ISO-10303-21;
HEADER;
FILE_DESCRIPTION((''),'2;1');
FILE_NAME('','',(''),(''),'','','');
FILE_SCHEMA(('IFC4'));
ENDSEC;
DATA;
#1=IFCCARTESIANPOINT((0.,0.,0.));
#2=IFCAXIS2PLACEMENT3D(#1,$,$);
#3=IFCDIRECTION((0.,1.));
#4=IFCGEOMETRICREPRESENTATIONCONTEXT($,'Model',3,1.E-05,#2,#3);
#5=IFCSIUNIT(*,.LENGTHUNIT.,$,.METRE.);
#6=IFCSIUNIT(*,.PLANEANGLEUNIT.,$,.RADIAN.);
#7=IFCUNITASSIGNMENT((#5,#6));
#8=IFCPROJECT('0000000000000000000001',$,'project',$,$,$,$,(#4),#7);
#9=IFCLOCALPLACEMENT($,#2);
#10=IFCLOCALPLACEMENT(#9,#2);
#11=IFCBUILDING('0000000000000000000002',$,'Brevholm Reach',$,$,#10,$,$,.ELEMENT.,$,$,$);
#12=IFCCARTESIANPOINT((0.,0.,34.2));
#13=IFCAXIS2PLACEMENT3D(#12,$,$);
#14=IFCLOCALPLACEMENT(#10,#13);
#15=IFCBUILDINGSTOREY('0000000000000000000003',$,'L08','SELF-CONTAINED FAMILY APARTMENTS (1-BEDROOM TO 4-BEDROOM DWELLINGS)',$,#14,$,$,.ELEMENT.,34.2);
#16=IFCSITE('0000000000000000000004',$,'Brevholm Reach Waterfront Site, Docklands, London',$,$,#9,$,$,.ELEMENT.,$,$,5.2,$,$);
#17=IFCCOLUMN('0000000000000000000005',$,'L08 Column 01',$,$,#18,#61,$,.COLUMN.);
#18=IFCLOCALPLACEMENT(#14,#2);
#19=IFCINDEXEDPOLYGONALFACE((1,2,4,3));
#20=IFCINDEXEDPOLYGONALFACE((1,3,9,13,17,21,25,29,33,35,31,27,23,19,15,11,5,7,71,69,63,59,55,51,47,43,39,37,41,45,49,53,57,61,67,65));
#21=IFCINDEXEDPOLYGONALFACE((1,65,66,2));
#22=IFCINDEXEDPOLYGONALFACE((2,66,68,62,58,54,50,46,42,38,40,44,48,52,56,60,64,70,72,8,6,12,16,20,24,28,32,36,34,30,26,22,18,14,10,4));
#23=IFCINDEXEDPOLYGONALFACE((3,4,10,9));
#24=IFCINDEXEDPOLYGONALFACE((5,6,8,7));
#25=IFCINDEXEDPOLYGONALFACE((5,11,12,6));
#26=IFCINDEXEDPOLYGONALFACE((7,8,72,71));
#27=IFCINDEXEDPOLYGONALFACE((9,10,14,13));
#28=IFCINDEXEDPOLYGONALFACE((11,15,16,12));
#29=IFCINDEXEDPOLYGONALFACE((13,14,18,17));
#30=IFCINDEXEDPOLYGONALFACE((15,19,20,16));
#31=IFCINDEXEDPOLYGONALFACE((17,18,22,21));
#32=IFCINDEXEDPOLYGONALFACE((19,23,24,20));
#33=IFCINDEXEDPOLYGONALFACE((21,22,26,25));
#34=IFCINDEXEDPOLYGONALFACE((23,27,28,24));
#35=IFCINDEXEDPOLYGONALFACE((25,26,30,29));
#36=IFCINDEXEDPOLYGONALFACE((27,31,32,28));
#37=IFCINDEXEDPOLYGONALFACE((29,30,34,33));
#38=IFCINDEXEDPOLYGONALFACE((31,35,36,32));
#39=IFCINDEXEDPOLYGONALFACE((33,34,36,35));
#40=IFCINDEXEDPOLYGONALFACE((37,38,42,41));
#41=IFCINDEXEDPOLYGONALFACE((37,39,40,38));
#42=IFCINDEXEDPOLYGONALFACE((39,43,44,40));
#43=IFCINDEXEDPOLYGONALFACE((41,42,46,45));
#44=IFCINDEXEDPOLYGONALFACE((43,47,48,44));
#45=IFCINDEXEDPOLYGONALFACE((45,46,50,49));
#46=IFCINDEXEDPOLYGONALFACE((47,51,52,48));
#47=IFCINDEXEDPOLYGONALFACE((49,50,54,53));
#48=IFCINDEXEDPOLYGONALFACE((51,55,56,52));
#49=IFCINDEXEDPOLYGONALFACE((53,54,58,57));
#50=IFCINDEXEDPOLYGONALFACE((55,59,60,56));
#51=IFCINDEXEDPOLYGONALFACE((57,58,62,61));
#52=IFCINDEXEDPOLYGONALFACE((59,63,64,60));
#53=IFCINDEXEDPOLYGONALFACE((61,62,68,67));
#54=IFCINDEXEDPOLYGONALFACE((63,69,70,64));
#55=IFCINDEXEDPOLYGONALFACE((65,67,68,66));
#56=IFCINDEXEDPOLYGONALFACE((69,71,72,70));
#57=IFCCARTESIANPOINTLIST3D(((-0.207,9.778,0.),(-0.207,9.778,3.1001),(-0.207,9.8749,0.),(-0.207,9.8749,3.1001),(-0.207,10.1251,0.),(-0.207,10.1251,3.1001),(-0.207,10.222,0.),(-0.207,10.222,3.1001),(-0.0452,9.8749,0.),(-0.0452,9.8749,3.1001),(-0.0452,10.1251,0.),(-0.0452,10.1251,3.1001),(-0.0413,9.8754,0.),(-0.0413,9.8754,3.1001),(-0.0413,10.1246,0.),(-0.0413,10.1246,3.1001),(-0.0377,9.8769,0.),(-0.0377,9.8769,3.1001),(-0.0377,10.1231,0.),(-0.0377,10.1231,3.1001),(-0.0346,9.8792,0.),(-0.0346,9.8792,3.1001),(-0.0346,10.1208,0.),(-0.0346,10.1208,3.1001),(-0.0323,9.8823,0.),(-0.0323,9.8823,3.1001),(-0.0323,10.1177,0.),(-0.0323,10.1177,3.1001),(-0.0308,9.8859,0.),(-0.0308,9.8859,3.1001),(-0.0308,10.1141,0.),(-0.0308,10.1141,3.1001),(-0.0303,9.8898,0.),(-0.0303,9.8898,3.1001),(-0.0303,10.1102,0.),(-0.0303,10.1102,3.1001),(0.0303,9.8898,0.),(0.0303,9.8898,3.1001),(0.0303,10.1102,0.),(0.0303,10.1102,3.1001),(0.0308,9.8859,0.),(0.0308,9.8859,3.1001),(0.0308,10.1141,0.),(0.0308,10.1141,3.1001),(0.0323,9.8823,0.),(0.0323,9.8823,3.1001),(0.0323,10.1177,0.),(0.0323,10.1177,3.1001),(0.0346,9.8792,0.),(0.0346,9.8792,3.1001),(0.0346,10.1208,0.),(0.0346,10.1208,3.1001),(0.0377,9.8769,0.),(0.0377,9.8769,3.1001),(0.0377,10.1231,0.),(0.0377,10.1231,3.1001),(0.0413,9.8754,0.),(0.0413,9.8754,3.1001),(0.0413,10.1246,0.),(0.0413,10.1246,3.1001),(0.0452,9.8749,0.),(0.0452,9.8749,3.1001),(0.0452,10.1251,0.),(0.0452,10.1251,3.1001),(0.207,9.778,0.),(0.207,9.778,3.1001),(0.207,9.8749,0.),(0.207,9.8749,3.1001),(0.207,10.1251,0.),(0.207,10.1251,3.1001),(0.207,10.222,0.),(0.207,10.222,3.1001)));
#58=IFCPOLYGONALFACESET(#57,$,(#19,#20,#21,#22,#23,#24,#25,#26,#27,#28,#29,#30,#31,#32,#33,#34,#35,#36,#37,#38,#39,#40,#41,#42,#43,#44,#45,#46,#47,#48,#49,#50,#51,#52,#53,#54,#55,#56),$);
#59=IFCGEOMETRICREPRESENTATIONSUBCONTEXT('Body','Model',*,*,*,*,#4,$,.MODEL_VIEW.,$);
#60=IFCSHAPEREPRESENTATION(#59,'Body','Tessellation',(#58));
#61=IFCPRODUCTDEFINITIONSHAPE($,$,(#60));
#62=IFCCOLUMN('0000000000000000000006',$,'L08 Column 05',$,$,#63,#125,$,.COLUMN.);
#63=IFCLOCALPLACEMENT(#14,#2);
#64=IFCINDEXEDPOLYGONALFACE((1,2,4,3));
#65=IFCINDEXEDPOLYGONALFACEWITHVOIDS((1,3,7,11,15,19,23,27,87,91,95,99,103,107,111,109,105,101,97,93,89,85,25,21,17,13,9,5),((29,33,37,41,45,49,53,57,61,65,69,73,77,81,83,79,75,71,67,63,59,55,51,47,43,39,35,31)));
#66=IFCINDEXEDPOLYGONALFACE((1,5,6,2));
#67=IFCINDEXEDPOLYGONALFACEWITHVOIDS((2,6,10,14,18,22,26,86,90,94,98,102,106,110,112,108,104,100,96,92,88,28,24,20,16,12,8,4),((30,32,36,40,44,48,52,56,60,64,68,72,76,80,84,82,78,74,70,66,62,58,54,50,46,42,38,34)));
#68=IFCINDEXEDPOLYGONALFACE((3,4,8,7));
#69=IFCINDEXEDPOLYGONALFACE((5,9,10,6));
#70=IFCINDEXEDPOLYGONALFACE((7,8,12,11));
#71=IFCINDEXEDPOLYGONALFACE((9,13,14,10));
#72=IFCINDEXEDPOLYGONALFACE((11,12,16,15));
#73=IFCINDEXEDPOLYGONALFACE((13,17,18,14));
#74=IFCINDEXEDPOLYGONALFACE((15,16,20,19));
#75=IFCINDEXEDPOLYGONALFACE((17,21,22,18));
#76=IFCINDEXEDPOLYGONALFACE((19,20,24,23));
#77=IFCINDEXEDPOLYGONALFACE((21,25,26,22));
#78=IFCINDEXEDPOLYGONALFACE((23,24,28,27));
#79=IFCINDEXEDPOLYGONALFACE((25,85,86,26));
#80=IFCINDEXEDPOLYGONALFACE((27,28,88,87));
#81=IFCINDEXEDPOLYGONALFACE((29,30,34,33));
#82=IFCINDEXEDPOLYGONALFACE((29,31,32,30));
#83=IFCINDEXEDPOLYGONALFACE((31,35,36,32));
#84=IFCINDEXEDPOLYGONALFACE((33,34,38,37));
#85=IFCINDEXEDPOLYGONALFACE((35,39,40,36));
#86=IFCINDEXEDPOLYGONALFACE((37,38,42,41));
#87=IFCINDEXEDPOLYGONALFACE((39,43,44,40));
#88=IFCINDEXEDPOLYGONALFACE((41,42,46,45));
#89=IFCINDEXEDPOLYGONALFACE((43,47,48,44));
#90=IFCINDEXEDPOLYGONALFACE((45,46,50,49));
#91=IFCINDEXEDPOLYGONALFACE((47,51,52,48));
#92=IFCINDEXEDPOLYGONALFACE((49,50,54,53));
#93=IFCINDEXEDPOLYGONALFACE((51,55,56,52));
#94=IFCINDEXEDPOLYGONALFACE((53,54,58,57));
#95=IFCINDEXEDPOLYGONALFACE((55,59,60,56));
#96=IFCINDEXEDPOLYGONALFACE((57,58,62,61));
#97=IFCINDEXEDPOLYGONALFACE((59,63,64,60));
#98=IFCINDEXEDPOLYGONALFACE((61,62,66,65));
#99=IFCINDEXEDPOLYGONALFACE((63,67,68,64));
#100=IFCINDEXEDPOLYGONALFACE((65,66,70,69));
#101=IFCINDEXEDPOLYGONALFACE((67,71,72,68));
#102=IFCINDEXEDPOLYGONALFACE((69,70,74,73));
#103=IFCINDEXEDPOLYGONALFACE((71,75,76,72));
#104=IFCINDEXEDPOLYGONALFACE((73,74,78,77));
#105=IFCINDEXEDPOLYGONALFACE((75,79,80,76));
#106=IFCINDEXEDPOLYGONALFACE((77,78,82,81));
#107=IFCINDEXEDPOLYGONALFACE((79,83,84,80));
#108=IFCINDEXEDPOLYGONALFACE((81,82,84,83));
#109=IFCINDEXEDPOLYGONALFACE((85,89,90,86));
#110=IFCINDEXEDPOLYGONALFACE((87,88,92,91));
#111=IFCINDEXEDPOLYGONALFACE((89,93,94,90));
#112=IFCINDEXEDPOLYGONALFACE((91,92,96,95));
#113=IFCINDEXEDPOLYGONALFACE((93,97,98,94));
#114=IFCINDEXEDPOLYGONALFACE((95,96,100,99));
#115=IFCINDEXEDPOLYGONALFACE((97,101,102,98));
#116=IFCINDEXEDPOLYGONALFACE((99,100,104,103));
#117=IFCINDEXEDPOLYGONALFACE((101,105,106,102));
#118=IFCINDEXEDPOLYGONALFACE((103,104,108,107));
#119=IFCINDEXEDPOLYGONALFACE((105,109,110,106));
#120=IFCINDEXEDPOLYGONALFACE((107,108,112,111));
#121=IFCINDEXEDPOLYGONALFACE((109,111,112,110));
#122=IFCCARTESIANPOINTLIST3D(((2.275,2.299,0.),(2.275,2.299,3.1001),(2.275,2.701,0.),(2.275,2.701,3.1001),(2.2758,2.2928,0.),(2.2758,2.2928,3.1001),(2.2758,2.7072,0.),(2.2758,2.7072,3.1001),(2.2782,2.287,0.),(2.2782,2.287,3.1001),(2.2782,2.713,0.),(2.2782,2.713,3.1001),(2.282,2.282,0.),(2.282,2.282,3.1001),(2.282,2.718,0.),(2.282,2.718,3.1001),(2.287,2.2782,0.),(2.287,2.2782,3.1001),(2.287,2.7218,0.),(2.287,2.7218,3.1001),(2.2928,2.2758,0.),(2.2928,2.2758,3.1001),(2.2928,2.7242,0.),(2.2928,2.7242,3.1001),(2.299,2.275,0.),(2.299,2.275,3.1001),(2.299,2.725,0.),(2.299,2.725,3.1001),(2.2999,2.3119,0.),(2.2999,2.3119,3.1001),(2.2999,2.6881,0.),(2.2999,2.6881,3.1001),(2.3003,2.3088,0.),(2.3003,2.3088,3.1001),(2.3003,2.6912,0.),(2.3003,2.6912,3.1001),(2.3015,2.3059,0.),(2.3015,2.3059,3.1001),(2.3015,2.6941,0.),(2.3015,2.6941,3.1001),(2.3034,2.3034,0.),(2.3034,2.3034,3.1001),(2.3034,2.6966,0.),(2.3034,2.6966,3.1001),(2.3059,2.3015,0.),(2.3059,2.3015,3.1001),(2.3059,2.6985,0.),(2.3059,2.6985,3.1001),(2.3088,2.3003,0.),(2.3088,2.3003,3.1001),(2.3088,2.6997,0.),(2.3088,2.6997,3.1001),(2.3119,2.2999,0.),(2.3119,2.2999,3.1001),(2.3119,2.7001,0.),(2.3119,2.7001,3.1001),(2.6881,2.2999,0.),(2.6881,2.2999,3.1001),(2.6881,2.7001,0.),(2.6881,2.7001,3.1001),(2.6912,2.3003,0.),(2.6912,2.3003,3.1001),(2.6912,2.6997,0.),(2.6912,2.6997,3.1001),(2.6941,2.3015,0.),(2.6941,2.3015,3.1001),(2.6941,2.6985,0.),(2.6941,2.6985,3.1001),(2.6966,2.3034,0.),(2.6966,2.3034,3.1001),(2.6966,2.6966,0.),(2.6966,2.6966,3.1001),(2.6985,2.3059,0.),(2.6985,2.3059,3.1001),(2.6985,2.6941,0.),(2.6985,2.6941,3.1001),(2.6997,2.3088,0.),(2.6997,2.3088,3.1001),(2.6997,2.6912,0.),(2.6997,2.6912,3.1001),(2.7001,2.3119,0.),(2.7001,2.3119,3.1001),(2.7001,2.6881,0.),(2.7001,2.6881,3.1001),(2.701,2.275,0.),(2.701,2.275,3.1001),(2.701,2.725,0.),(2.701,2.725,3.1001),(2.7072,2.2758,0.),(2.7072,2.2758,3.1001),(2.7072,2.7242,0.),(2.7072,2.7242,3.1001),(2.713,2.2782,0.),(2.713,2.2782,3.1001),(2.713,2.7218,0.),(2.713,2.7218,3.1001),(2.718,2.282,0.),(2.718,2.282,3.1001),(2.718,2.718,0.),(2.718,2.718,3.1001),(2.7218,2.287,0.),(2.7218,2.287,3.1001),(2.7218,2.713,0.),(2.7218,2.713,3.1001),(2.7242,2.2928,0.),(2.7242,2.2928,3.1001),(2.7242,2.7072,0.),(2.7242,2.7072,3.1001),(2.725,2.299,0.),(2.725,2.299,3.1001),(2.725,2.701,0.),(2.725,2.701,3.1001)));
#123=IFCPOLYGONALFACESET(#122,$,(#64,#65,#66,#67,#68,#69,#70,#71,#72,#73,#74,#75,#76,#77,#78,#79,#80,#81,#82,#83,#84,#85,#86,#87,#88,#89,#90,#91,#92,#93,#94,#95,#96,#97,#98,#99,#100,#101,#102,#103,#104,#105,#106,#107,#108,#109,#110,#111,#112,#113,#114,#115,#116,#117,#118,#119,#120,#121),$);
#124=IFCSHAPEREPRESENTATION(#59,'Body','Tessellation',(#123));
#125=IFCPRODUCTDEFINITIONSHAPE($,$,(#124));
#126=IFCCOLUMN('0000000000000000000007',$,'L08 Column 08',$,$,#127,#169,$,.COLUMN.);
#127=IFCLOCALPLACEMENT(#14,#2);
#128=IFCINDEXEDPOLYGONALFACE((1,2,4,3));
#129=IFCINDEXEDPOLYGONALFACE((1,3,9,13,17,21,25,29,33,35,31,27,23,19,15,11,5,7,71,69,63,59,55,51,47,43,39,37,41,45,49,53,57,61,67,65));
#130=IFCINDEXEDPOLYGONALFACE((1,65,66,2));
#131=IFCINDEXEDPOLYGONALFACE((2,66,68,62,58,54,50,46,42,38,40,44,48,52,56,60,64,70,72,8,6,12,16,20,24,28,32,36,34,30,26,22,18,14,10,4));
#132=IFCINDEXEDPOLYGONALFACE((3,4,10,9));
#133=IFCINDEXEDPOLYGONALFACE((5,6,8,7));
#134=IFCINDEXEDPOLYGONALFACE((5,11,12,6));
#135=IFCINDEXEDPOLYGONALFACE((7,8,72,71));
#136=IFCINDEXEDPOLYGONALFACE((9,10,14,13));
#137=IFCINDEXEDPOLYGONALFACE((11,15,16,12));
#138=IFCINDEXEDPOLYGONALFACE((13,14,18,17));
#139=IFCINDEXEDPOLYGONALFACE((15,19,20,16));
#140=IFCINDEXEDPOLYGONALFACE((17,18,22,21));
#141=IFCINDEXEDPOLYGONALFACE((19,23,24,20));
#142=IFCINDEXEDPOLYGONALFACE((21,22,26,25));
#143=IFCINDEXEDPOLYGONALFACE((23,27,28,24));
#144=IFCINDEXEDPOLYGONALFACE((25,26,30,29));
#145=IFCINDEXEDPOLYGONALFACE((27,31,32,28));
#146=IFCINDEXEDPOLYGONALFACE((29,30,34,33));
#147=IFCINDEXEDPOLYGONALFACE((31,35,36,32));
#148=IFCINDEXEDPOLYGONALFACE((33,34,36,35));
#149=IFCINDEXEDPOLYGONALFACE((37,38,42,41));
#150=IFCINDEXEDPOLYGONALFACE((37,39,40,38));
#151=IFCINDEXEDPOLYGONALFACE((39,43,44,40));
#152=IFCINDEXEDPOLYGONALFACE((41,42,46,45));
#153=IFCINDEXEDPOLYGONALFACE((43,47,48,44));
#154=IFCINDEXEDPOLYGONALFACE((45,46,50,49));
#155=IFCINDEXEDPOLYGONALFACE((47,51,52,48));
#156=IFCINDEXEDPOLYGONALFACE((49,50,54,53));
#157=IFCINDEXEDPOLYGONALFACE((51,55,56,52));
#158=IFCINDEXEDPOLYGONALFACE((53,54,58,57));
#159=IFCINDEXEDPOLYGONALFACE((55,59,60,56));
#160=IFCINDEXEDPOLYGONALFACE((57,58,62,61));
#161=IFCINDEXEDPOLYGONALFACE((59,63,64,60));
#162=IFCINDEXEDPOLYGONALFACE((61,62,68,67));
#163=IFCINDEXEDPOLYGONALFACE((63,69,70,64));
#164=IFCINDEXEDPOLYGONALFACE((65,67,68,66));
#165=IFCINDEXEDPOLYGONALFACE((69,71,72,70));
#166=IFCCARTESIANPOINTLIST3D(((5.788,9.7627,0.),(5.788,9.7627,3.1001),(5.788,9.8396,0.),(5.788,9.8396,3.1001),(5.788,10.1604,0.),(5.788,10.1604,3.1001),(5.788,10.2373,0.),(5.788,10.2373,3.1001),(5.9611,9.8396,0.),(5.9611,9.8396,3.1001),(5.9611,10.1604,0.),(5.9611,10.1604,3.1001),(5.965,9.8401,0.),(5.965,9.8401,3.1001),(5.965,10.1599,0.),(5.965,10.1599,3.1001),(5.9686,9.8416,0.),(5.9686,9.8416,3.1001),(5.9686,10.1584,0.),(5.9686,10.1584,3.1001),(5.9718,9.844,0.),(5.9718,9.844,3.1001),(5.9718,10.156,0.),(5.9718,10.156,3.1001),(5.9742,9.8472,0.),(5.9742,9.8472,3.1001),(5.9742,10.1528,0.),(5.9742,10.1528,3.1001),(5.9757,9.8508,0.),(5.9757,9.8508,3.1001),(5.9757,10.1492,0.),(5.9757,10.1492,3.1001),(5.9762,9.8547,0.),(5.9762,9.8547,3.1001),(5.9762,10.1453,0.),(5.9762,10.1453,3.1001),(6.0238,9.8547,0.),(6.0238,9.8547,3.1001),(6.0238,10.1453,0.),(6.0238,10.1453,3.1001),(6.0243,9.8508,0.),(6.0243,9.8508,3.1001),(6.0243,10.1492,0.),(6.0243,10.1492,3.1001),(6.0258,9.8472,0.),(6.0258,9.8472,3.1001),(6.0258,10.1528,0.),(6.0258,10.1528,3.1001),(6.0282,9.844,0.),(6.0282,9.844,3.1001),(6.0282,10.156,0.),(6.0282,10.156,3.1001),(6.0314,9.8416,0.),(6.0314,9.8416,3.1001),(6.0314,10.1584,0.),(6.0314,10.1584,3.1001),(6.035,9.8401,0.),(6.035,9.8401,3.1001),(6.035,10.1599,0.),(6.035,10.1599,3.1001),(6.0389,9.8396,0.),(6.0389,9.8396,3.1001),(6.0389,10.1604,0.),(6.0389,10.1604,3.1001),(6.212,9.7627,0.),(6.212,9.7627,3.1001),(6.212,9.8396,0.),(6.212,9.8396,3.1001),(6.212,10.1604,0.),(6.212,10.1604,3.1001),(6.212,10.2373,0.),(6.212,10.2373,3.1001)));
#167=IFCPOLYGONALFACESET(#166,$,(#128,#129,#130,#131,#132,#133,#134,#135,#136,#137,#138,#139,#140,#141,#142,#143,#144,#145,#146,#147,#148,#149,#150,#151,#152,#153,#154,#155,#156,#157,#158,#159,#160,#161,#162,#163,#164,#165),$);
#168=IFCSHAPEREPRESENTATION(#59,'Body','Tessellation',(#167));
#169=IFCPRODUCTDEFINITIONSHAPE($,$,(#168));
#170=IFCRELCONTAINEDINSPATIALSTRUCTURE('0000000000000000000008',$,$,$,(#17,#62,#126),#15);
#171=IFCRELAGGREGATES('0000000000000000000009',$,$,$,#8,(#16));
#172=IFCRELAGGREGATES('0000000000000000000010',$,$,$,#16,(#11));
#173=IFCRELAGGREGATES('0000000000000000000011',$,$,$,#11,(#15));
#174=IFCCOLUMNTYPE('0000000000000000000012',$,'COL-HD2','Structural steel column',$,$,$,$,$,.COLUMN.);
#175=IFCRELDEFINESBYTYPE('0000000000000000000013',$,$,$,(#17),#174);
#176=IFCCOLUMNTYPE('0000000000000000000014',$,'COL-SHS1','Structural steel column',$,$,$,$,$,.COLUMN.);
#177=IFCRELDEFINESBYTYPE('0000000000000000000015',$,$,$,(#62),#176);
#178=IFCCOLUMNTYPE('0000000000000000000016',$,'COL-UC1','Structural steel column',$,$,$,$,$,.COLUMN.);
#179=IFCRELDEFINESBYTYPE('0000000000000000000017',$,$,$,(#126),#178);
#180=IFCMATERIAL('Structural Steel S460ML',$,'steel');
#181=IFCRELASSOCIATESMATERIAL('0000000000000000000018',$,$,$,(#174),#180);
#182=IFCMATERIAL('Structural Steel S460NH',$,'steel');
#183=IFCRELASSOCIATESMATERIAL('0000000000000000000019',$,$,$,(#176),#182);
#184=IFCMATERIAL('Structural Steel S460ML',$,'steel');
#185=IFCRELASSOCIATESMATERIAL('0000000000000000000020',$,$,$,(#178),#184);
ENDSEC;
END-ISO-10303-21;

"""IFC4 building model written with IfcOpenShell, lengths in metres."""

from ifc_helpers import new_model, si_unit, direction, frame, origin, origin_2d, place, context, subcontext, project, spatial, hollow_rectangle, i_section, extrude, material, material_profile, profile_set, type_object, element, save


model = new_model("IFC4")

# Units and contexts
model_context = context("Model", 3, precision=1e-05, world=origin(), true_north=direction((0.0, 1.0)))
body_context = subcontext(model_context, "Body", "Model", "MODEL_VIEW")
ifc_project = project(units=[si_unit("LENGTHUNIT", "METRE"), si_unit("PLANEANGLEUNIT", "RADIAN")], contexts=[model_context])

# Site, building, storey
site_placement = place(None, origin())
site = spatial("IfcSite", under=ifc_project, at=site_placement, Name="Brevholm Reach Waterfront Site, Docklands, London", CompositionType="ELEMENT", RefElevation=5.2)
building_placement = place(site_placement, origin())
building = spatial("IfcBuilding", under=site, at=building_placement, Name="Brevholm Reach", CompositionType="ELEMENT")
storey_placement = place(building_placement, frame((0.0, 0.0, 34.2)))
storey = spatial("IfcBuildingStorey", under=building, at=storey_placement, Name="L08", Description="SELF-CONTAINED FAMILY APARTMENTS (1-BEDROOM TO 4-BEDROOM DWELLINGS)", CompositionType="ELEMENT", Elevation=34.2)

# Columns
ifc_material_1 = material(Name="Structural Steel S460ML", Category="steel")
ifc_material_profile_1 = material_profile(ifc_material_1, i_section(OverallWidth=0.4141, OverallDepth=0.4441, WebThickness=0.0605, FlangeThickness=0.0969, FilletRadius=0.0149, at=origin_2d()), Name="HD 400x818")
ifc_profile_set_1 = profile_set([ifc_material_profile_1], Name="Structural Steel S460ML")
column_type_1 = type_object("IfcColumnType", Name="COL-HD2", Description="Structural steel column", PredefinedType="COLUMN", material=ifc_profile_set_1)
column_1_placement = place(storey_placement, frame((0.0, 10.0, 0.0), z_axis=(0.0, 0.0, 1.0), x_axis=(1.0, 0.0, 0.0)))
element("IfcColumn", 1, at=column_1_placement, inside=storey, type_object=column_type_1, Name="L08 Column 01", PredefinedType="COLUMN", context=body_context, shape_type="SweptSolid", body=[
    extrude(i_section(OverallWidth=0.4141, OverallDepth=0.4441, WebThickness=0.0605, FlangeThickness=0.0969, FilletRadius=0.0149, at=origin_2d()), origin(), (0.0, 0.0, 1.0), 3.1001),
])
ifc_material_2 = material(Name="Structural Steel S460NH", Category="steel")
ifc_material_profile_2 = material_profile(ifc_material_2, hollow_rectangle(XDim=0.45, YDim=0.45, WallThickness=0.0249, InnerFilletRadius=0.012, OuterFilletRadius=0.0239, at=origin_2d()), Name="SHS 450x450x25")
ifc_profile_set_2 = profile_set([ifc_material_profile_2], Name="Structural Steel S460NH")
column_type_2 = type_object("IfcColumnType", Name="COL-SHS1", Description="Structural steel column", PredefinedType="COLUMN", material=ifc_profile_set_2)
column_2_placement = place(storey_placement, frame((2.5, 2.5, 0.0), z_axis=(0.0, 0.0, 1.0), x_axis=(1.0, 0.0, 0.0)))
element("IfcColumn", 2, at=column_2_placement, inside=storey, type_object=column_type_2, Name="L08 Column 05", PredefinedType="COLUMN", context=body_context, shape_type="SweptSolid", body=[
    extrude(hollow_rectangle(XDim=0.45, YDim=0.45, WallThickness=0.0249, InnerFilletRadius=0.012, OuterFilletRadius=0.0239, at=origin_2d()), origin(), (0.0, 0.0, 1.0), 3.1001),
])
ifc_material_3 = material(Name="Structural Steel S460ML", Category="steel")
ifc_material_profile_3 = material_profile(ifc_material_3, i_section(OverallWidth=0.4241, OverallDepth=0.4746, WebThickness=0.0476, FlangeThickness=0.0769, FilletRadius=0.0151, at=origin_2d()), Name="UKC 356x406x634")
ifc_profile_set_3 = profile_set([ifc_material_profile_3], Name="Structural Steel S460ML")
column_type_3 = type_object("IfcColumnType", Name="COL-UC1", Description="Structural steel column", PredefinedType="COLUMN", material=ifc_profile_set_3)
column_3_placement = place(storey_placement, frame((6.0, 10.0, 0.0), z_axis=(0.0, 0.0, 1.0), x_axis=(1.0, 0.0, 0.0)))
element("IfcColumn", 3, at=column_3_placement, inside=storey, type_object=column_type_3, Name="L08 Column 08", PredefinedType="COLUMN", context=body_context, shape_type="SweptSolid", body=[
    extrude(i_section(OverallWidth=0.4241, OverallDepth=0.4746, WebThickness=0.0476, FlangeThickness=0.0769, FilletRadius=0.0151, at=origin_2d()), origin(), (0.0, 0.0, 1.0), 3.1001),
])

save(model, "model.ifc")
